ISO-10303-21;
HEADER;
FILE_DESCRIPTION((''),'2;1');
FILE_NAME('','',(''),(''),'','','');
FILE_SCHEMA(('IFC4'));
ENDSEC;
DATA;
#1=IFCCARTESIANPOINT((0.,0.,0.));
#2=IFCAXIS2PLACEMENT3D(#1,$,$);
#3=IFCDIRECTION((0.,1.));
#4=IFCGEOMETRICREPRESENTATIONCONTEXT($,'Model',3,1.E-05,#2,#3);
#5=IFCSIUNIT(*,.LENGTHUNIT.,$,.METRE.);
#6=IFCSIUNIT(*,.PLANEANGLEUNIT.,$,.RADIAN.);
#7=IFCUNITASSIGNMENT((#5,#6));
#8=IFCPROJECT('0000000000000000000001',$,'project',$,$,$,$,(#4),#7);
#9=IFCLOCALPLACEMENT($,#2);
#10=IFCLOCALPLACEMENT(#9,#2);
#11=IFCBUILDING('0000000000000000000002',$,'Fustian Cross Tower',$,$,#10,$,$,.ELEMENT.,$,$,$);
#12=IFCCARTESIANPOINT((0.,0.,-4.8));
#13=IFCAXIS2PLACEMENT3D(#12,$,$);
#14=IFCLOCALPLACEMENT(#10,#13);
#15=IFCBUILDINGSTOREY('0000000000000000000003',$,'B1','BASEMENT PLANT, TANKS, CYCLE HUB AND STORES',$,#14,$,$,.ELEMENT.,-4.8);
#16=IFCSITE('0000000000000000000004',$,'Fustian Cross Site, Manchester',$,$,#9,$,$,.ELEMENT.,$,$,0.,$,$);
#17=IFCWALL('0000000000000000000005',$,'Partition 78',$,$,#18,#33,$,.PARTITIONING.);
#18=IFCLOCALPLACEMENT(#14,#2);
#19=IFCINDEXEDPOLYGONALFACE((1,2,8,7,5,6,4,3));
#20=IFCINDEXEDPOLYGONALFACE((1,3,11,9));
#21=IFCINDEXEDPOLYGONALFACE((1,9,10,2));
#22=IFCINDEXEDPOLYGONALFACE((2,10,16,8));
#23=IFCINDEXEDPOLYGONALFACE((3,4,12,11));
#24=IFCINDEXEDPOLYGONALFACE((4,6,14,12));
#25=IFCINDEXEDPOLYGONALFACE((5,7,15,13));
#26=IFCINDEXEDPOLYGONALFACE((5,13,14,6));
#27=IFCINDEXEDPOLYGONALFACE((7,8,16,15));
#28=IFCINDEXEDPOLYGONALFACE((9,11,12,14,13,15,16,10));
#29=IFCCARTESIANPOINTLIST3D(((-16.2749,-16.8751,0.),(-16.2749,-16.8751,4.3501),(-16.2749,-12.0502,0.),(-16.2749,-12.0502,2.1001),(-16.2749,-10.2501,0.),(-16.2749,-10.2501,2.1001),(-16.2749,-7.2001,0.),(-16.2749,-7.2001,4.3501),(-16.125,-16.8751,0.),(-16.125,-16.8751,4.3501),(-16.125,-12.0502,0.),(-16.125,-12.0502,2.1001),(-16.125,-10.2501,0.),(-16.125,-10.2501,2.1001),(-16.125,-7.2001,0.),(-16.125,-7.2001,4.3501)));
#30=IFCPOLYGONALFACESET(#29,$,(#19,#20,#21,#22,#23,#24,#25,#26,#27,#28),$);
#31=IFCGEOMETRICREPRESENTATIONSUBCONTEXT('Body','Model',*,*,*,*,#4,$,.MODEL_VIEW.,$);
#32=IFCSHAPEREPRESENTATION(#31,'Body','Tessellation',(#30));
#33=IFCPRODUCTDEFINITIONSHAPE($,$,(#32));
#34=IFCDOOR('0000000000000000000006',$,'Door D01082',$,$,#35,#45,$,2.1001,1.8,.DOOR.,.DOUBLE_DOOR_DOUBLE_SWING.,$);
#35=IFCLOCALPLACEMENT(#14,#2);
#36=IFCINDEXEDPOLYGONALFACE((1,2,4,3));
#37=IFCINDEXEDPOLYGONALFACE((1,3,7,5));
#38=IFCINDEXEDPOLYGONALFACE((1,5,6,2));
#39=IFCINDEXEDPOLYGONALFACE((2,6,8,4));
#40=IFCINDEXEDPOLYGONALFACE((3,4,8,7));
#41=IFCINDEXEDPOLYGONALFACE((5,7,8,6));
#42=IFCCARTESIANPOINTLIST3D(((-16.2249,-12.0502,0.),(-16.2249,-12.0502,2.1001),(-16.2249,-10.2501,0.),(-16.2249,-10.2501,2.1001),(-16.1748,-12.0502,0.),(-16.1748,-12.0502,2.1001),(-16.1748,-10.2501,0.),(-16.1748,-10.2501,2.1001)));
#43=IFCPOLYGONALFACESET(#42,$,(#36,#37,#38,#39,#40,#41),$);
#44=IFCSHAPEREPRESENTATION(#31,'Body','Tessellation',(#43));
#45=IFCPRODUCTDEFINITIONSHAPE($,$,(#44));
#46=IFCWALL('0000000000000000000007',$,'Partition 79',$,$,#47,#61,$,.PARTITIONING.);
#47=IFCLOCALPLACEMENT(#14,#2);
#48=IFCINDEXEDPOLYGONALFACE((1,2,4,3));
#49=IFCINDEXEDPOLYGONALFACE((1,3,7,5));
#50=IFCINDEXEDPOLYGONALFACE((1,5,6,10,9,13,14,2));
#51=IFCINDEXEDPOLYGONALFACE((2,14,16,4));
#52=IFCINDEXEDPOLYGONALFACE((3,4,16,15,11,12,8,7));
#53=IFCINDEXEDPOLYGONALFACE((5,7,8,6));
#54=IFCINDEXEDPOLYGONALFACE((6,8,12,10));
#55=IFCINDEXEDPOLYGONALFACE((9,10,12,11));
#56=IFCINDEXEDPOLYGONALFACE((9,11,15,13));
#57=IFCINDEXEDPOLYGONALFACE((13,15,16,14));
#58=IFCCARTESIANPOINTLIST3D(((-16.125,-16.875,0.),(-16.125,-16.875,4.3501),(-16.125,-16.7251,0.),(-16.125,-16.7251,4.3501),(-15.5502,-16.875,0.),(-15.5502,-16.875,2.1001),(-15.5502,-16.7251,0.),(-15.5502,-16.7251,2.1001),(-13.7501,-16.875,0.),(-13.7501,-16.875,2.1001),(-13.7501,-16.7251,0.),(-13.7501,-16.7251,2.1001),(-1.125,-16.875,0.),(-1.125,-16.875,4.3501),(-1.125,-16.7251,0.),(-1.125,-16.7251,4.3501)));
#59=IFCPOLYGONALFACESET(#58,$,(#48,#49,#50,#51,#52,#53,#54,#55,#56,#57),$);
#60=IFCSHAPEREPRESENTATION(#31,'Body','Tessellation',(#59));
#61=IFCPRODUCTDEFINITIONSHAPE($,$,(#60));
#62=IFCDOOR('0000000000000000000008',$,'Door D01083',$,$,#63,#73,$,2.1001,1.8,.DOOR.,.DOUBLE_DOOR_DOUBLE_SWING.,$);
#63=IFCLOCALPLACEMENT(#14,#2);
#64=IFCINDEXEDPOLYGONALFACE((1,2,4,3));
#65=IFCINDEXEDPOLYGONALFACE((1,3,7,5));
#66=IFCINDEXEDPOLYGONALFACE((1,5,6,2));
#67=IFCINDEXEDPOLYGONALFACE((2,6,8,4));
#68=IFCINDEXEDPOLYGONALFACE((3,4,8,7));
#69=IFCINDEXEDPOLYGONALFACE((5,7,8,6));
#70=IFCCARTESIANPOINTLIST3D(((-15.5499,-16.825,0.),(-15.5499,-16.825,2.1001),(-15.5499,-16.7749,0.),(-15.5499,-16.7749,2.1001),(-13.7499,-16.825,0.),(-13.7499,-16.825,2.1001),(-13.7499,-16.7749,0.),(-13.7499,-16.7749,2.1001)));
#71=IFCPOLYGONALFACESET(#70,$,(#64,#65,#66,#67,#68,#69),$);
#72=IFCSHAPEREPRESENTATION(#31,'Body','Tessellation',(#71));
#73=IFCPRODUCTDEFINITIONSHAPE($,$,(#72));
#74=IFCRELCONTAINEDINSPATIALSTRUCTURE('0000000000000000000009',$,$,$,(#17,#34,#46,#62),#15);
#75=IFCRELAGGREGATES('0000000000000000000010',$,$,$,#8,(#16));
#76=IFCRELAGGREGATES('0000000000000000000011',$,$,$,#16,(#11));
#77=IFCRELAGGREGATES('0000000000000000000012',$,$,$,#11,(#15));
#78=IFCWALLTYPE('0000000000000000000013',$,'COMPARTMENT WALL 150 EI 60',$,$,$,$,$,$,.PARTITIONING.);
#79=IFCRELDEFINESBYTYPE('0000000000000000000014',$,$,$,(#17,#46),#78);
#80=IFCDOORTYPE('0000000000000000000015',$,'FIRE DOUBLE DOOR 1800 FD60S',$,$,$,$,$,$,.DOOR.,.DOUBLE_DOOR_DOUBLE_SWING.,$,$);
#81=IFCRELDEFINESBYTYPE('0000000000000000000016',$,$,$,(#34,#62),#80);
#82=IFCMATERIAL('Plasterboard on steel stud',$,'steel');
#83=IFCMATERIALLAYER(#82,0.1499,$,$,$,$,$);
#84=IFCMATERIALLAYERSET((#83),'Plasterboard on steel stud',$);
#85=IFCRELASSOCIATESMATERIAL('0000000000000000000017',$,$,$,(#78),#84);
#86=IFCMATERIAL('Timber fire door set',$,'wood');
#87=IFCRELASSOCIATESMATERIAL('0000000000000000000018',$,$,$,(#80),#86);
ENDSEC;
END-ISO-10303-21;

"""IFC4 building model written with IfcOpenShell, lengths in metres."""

from ifc_helpers import new_model, si_unit, direction, frame, frame_2d, origin, place, context, subcontext, project, spatial, rectangle, extrude, material, layer, layer_set, type_object, element, fill, save


model = new_model("IFC4")

# Units and contexts
model_context = context("Model", 3, precision=1e-05, world=origin(), true_north=direction((0.0, 1.0)))
body_context = subcontext(model_context, "Body", "Model", "MODEL_VIEW")
ifc_project = project(units=[si_unit("LENGTHUNIT", "METRE"), si_unit("PLANEANGLEUNIT", "RADIAN")], contexts=[model_context])

# Site, building, storey
site_placement = place(None, origin())
site = spatial("IfcSite", under=ifc_project, at=site_placement, Name="Fustian Cross Site, Manchester", CompositionType="ELEMENT", RefElevation=0.0)
building_placement = place(site_placement, origin())
building = spatial("IfcBuilding", under=site, at=building_placement, Name="Fustian Cross Tower", CompositionType="ELEMENT")
storey_placement = place(building_placement, frame((0.0, 0.0, -4.8)))
storey = spatial("IfcBuildingStorey", under=building, at=storey_placement, Name="B1", Description="BASEMENT PLANT, TANKS, CYCLE HUB AND STORES", CompositionType="ELEMENT", Elevation=-4.8)

# Shared definitions
ifc_material_1 = material(Name="Plasterboard on steel stud", Category="steel")
ifc_layer = layer(ifc_material_1, 0.1499)
ifc_layer_set = layer_set([ifc_layer], Name="Plasterboard on steel stud")
wall_type = type_object("IfcWallType", Name="COMPARTMENT WALL 150 EI 60", PredefinedType="PARTITIONING", material=ifc_layer_set)
ifc_material_2 = material(Name="Timber fire door set", Category="wood")
door_type = type_object("IfcDoorType", Name="FIRE DOUBLE DOOR 1800 FD60S", OperationType="DOUBLE_DOOR_DOUBLE_SWING", PredefinedType="DOOR", material=ifc_material_2)

# Walls, openings, doors
wall_1_placement = place(storey_placement, frame((-16.2, -16.875, 0.0), z_axis=(0.0, 0.0, 1.0), x_axis=(0.0, 1.0, 0.0)))
wall_1 = element("IfcWall", 1, at=wall_1_placement, inside=storey, type_object=wall_type, Name="Partition 78", PredefinedType="PARTITIONING", context=body_context, shape_type="SweptSolid", body=[
    extrude(rectangle(XDim=9.675, YDim=0.1499, at=frame_2d((4.8374, 0.0))), origin(), (0.0, 0.0, 1.0), 4.3501),
])
opening_1_placement = place(wall_1_placement, frame((4.825, 0.0, 0.0)))
opening_1 = element("IfcOpeningElement", 2, at=opening_1_placement, cuts=wall_1, PredefinedType="OPENING", context=body_context, shape_type="SweptSolid", body=[
    extrude(rectangle(XDim=1.8, YDim=2.1001, at=frame_2d((0.8999, 1.05))), frame((0.0, 0.085, 0.0), z_axis=(0.0, -1.0, 0.0), x_axis=(1.0, 0.0, 0.0)), (0.0, 0.0, 1.0), 0.1699),
])
door_1_placement = place(opening_1_placement, origin())
door_1 = element("IfcDoor", 3, at=door_1_placement, inside=storey, type_object=door_type, Name="Door D01082", OperationType="DOUBLE_DOOR_DOUBLE_SWING", OverallHeight=2.1001, OverallWidth=1.8, PredefinedType="DOOR", context=body_context, shape_type="SweptSolid", body=[
    extrude(rectangle(XDim=1.8, YDim=2.1001, at=frame_2d((0.8999, 1.05))), frame((0.0, 0.0249, 0.0), z_axis=(0.0, -1.0, 0.0), x_axis=(1.0, 0.0, 0.0)), (0.0, 0.0, 1.0), 0.05),
])
fill(opening_1, door_1)
wall_2_placement = place(storey_placement, frame((-16.125, -16.8, 0.0), z_axis=(0.0, 0.0, 1.0), x_axis=(1.0, 0.0, 0.0)))
wall_2 = element("IfcWall", 4, at=wall_2_placement, inside=storey, type_object=wall_type, Name="Partition 79", PredefinedType="PARTITIONING", context=body_context, shape_type="SweptSolid", body=[
    extrude(rectangle(XDim=15.0, YDim=0.1499, at=frame_2d((7.5, 0.0))), origin(), (0.0, 0.0, 1.0), 4.3501),
])
opening_2_placement = place(wall_2_placement, frame((0.575, 0.0, 0.0)))
opening_2 = element("IfcOpeningElement", 5, at=opening_2_placement, cuts=wall_2, PredefinedType="OPENING", context=body_context, shape_type="SweptSolid", body=[
    extrude(rectangle(XDim=1.8, YDim=2.1001, at=frame_2d((0.8999, 1.05))), frame((0.0, 0.085, 0.0), z_axis=(0.0, -1.0, 0.0), x_axis=(1.0, 0.0, 0.0)), (0.0, 0.0, 1.0), 0.1699),
])
door_2_placement = place(opening_2_placement, frame((1.8, 0.0, 0.0), z_axis=(0.0, 0.0, 1.0), x_axis=(-1.0, 0.0, 0.0)))
door_2 = element("IfcDoor", 6, at=door_2_placement, inside=storey, type_object=door_type, Name="Door D01083", OperationType="DOUBLE_DOOR_DOUBLE_SWING", OverallHeight=2.1001, OverallWidth=1.8, PredefinedType="DOOR", context=body_context, shape_type="SweptSolid", body=[
    extrude(rectangle(XDim=1.8, YDim=2.1001, at=frame_2d((0.8999, 1.05))), frame((0.0, 0.0249, 0.0), z_axis=(0.0, -1.0, 0.0), x_axis=(1.0, 0.0, 0.0)), (0.0, 0.0, 1.0), 0.05),
])
fill(opening_2, door_2)

save(model, "model.ifc")
